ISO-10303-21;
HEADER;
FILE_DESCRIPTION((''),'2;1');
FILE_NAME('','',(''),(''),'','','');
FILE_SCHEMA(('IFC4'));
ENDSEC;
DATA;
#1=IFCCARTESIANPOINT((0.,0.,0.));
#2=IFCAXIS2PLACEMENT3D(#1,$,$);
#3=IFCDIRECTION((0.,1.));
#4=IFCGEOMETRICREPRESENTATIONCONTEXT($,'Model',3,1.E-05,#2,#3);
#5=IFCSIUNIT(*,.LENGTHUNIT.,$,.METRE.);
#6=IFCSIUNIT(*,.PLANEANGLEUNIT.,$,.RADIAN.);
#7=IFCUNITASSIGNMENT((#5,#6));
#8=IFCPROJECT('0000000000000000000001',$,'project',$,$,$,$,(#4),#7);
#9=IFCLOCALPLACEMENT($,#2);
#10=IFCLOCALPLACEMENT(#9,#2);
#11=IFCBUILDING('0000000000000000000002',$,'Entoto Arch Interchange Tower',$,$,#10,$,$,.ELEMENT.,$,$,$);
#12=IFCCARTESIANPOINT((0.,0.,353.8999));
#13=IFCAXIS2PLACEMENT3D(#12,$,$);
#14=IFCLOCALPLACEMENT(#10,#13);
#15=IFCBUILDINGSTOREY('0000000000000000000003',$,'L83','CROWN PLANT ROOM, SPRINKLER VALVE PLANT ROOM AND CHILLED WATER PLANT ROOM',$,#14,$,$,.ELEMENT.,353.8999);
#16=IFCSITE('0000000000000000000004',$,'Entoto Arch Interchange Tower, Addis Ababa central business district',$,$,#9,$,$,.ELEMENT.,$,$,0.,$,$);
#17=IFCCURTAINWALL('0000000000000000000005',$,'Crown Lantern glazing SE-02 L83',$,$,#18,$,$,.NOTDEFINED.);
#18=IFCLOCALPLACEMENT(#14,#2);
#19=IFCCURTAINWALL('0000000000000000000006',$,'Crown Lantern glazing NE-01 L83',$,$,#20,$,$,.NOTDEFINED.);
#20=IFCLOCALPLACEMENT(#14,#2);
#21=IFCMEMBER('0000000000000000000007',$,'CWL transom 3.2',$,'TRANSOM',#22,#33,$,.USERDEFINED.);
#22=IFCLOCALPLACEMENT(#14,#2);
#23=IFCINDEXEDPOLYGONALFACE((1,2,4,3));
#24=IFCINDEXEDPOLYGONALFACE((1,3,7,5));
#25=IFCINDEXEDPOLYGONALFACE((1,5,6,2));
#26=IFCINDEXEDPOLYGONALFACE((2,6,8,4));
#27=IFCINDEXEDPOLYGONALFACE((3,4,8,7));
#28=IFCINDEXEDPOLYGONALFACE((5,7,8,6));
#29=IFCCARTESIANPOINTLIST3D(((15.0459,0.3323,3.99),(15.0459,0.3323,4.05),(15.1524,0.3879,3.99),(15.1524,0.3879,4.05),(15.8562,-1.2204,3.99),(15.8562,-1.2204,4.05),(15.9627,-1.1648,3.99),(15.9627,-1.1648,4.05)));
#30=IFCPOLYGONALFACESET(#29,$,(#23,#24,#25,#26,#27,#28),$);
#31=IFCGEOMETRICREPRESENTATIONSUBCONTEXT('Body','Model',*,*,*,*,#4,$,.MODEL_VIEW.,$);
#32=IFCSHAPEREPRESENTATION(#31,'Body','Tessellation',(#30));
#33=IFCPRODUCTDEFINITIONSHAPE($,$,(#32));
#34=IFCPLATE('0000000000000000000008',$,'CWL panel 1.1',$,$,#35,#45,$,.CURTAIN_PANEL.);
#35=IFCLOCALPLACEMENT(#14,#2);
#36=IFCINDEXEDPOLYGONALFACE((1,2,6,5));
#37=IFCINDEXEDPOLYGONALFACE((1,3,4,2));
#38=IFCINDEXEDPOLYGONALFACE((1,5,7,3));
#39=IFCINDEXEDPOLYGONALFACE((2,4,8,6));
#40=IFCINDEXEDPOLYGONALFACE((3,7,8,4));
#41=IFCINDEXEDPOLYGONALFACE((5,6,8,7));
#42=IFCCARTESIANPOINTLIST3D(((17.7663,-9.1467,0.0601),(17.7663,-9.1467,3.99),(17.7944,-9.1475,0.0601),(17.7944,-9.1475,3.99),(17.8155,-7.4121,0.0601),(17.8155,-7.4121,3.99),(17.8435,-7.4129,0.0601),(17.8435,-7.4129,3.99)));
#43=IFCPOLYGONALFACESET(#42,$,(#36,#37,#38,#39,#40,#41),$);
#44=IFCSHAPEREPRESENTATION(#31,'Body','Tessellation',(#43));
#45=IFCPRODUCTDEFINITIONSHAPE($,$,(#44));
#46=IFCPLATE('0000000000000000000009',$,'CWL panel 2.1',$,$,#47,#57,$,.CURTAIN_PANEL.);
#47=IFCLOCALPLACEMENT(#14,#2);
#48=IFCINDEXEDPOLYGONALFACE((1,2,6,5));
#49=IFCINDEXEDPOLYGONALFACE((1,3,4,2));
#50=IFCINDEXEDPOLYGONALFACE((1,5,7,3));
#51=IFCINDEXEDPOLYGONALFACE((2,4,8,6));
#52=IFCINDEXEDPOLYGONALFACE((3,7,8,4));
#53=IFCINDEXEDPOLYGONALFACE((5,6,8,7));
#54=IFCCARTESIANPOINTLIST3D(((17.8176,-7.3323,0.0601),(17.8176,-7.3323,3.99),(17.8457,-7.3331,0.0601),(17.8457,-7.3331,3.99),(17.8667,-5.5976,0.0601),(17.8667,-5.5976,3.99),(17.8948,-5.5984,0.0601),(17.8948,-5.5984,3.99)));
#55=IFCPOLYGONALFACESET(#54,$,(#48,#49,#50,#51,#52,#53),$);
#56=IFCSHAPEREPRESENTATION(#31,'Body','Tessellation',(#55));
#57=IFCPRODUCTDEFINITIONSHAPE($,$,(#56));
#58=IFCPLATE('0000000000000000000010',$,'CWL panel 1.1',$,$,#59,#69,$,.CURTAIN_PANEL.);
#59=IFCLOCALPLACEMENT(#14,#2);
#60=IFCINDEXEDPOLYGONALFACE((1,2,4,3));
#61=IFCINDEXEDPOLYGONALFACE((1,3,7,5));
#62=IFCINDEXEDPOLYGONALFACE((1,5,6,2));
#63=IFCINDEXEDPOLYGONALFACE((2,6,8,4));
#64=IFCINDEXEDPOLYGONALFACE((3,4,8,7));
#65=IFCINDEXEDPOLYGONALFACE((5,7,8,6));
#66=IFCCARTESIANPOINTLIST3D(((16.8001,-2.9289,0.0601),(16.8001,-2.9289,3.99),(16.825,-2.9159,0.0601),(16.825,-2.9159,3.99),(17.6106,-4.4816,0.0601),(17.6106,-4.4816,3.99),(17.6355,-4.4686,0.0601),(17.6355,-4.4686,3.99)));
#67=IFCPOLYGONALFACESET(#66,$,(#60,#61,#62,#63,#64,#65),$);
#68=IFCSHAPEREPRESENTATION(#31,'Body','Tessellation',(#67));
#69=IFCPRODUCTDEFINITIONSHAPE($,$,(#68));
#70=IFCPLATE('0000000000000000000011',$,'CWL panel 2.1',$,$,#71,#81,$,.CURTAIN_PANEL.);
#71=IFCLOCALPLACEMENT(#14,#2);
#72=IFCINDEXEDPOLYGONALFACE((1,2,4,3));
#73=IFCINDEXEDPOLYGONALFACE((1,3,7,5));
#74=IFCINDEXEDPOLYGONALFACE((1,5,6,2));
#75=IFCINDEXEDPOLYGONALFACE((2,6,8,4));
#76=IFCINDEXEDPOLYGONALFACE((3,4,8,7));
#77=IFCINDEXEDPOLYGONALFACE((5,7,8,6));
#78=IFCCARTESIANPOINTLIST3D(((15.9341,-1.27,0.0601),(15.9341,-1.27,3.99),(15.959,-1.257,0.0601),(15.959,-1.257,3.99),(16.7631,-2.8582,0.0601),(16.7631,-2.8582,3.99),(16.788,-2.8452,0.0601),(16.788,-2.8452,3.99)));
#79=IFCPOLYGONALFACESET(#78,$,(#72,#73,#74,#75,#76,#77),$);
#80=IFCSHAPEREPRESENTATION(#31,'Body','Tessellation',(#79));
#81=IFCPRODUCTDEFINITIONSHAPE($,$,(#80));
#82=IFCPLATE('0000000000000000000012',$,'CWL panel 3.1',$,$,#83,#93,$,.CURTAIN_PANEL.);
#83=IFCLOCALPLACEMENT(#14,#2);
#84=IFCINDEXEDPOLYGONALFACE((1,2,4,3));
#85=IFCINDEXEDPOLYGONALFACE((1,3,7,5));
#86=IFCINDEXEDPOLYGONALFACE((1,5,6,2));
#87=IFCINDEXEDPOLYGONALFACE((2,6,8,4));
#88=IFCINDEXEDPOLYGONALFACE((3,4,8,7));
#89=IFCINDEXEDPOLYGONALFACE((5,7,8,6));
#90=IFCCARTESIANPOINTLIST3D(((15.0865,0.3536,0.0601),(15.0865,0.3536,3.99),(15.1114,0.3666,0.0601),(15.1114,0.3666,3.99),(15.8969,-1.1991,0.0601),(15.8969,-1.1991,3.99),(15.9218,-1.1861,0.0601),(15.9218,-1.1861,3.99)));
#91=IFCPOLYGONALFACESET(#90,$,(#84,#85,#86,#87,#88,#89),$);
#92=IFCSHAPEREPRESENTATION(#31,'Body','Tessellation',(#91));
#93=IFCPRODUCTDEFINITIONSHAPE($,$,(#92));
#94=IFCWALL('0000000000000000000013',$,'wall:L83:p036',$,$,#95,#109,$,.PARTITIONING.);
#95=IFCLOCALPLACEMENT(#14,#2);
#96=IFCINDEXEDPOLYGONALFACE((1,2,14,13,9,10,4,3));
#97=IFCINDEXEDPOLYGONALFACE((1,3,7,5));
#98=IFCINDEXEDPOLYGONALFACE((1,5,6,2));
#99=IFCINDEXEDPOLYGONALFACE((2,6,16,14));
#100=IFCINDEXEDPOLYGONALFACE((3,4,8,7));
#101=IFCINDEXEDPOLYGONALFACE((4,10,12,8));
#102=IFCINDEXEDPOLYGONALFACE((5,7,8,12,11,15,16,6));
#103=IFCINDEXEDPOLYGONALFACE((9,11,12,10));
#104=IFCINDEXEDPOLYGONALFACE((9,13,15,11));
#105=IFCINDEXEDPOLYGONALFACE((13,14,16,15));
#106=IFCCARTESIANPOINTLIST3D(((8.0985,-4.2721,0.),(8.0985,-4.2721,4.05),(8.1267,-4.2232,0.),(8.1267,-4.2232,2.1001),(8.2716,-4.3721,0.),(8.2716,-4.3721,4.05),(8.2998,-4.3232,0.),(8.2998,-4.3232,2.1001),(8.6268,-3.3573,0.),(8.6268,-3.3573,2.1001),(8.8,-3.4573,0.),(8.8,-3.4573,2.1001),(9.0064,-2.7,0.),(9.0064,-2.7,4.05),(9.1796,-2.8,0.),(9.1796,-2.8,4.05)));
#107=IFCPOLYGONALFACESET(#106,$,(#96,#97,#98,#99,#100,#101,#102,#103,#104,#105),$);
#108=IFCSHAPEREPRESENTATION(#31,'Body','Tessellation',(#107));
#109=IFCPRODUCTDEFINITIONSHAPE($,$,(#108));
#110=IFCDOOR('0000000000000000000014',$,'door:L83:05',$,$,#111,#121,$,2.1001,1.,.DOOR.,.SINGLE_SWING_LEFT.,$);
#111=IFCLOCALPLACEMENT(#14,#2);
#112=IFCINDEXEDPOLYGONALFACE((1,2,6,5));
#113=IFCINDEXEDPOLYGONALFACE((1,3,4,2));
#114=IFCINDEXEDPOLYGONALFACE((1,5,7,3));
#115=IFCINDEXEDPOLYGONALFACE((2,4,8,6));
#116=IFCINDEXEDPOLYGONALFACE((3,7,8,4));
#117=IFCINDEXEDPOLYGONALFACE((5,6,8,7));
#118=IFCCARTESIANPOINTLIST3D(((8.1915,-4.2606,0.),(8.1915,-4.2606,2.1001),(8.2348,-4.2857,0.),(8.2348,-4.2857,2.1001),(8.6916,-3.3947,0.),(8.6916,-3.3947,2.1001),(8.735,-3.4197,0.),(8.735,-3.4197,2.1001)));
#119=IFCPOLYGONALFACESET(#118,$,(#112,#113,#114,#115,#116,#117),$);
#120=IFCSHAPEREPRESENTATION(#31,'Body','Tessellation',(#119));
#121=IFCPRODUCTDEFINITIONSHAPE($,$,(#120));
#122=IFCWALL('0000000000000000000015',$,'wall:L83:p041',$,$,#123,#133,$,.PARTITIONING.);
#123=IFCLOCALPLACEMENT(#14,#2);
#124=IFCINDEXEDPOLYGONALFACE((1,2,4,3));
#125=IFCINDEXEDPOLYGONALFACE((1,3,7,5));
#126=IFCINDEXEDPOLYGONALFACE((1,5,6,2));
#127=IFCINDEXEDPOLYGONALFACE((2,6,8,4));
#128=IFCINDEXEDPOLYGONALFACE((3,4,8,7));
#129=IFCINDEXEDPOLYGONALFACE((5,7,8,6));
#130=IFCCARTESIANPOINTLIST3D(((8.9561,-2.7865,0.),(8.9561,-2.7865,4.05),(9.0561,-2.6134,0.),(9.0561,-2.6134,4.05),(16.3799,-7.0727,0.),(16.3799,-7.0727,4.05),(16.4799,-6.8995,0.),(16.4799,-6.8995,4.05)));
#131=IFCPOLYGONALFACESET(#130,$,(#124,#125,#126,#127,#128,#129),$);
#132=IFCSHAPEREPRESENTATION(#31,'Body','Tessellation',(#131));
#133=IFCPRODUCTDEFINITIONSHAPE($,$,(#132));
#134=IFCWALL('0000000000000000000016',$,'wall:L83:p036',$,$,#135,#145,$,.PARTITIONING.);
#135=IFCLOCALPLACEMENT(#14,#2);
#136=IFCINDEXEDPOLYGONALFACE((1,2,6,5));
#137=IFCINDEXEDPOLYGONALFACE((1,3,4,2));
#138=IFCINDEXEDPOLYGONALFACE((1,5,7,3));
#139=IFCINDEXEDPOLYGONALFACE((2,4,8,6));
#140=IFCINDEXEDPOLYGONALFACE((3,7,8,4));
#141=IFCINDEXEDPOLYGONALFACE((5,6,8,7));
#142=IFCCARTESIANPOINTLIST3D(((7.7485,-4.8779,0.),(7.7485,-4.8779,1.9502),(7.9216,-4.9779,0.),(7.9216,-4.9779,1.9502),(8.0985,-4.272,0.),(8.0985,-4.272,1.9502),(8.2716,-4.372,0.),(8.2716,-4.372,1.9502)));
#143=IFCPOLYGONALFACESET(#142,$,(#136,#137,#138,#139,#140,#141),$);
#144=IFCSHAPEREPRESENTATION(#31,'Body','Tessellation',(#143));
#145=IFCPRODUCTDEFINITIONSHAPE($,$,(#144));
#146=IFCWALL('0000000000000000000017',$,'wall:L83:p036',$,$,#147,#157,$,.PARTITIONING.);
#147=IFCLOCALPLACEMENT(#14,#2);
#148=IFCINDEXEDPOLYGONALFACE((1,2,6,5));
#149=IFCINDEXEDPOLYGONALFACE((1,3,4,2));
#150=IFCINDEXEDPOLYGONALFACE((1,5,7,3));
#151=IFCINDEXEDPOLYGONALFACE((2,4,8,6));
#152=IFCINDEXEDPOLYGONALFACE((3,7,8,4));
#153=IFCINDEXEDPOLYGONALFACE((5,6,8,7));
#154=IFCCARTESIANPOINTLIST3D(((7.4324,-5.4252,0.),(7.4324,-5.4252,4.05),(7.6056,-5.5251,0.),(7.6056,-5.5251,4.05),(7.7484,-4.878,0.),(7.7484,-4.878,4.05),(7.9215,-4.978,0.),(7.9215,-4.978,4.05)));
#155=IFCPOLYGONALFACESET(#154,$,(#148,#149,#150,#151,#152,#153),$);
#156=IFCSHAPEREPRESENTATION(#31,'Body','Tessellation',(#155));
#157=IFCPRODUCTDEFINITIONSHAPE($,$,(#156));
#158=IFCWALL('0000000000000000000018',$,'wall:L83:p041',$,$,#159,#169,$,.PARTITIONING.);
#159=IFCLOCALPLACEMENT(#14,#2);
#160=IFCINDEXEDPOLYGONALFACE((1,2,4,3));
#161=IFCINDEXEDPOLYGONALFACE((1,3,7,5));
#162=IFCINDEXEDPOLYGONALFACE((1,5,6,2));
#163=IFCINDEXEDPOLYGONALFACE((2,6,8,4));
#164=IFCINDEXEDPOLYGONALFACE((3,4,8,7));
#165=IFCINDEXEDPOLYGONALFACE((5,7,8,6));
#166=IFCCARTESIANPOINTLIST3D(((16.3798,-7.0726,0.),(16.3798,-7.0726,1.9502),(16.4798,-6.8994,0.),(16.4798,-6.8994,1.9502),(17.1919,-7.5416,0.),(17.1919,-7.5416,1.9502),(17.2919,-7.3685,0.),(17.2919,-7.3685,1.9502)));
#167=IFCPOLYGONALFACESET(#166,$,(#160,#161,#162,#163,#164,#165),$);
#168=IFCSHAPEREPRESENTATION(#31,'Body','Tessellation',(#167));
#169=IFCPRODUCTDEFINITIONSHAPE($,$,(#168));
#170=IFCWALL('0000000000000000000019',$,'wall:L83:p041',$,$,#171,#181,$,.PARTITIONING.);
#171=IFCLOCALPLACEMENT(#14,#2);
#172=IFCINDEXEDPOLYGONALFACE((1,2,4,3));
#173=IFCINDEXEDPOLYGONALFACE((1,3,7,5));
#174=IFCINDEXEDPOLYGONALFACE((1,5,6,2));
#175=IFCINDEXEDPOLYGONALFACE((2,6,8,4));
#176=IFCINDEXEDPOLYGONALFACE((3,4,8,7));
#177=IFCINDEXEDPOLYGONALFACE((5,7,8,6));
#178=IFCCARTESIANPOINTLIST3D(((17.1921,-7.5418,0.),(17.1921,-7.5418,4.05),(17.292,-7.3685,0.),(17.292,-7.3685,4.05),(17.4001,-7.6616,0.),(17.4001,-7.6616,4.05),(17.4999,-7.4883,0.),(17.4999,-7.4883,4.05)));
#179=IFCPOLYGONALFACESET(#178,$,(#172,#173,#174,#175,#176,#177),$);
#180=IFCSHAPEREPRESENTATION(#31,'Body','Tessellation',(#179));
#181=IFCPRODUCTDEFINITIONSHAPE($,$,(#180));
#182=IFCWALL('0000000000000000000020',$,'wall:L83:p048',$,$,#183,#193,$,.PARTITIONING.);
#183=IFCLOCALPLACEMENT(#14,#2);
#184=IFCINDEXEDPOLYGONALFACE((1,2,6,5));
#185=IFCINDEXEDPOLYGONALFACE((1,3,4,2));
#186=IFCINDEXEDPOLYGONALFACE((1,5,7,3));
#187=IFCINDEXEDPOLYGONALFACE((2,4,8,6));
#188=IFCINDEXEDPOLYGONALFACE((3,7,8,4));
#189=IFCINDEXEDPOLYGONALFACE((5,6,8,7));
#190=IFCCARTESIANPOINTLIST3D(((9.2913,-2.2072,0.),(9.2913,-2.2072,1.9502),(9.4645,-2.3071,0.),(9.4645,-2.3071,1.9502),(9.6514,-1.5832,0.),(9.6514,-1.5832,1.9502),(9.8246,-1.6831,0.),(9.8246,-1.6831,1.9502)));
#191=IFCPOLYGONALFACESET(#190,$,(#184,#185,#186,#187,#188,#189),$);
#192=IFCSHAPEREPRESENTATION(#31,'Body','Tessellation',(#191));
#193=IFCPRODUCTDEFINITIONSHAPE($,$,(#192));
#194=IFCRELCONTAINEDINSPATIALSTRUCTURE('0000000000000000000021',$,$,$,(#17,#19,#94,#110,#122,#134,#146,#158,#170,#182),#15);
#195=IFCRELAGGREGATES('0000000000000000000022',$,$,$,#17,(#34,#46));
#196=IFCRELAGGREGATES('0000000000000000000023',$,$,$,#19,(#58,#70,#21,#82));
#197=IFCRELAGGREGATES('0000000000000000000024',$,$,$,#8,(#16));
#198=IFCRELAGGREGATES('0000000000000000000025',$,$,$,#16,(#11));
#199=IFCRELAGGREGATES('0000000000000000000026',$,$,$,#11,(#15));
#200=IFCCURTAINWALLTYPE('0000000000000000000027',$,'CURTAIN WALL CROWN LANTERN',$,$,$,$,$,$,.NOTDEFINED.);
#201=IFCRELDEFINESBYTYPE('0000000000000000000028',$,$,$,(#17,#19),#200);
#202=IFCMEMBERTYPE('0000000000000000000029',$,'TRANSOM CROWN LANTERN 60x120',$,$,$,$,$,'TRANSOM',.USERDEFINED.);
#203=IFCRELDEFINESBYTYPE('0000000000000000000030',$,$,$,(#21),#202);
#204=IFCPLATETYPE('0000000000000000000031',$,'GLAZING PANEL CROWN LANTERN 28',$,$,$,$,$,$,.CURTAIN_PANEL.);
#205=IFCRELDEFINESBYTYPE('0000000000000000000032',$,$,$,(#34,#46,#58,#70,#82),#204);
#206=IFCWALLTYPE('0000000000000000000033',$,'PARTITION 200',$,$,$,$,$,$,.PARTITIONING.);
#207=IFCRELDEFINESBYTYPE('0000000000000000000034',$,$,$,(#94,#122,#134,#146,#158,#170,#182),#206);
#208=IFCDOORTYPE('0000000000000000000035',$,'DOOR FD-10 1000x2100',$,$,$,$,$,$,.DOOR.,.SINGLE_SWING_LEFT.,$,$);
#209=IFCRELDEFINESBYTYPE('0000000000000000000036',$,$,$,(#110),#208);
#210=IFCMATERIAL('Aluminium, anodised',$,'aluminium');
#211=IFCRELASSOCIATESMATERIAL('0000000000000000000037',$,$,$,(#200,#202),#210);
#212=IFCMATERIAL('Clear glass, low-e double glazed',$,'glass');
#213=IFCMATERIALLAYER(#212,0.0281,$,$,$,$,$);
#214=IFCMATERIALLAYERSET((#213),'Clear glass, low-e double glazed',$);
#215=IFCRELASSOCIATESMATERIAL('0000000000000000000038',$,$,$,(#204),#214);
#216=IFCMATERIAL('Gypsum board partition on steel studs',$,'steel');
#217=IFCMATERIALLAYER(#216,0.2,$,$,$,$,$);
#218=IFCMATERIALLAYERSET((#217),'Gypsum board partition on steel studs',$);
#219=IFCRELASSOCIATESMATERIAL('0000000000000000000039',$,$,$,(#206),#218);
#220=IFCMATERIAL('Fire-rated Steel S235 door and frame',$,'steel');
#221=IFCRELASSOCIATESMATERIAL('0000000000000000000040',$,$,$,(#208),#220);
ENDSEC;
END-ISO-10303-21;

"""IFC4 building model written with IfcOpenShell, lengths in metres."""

from ifc_helpers import new_model, si_unit, direction, frame, frame_2d, origin, origin_2d, place, context, subcontext, project, spatial, rectangle, extrude, material, layer, layer_set, material_profile, profile_set, type_object, element, fill, aggregate, save


model = new_model("IFC4")

# Units and contexts
model_context = context("Model", 3, precision=1e-05, world=origin(), true_north=direction((0.0, 1.0)))
body_context = subcontext(model_context, "Body", "Model", "MODEL_VIEW")
ifc_project = project(units=[si_unit("LENGTHUNIT", "METRE"), si_unit("PLANEANGLEUNIT", "RADIAN")], contexts=[model_context])

# Site, building, storey
site_placement = place(None, origin())
site = spatial("IfcSite", under=ifc_project, at=site_placement, Name="Entoto Arch Interchange Tower, Addis Ababa central business district", CompositionType="ELEMENT", RefElevation=0.0)
building_placement = place(site_placement, origin())
building = spatial("IfcBuilding", under=site, at=building_placement, Name="Entoto Arch Interchange Tower", CompositionType="ELEMENT")
storey_placement = place(building_placement, frame((0.0, 0.0, 353.8999)))
storey = spatial("IfcBuildingStorey", under=building, at=storey_placement, Name="L83", Description="CROWN PLANT ROOM, SPRINKLER VALVE PLANT ROOM AND CHILLED WATER PLANT ROOM", CompositionType="ELEMENT", Elevation=353.8999)

# Curtain walls
ifc_material_1 = material(Name="Aluminium, anodised", Category="aluminium")
curtain_wall_type = type_object("IfcCurtainWallType", Name="CURTAIN WALL CROWN LANTERN", PredefinedType="NOTDEFINED", material=ifc_material_1)
curtain_wall_1_placement = place(storey_placement, origin())
curtain_wall_1 = element("IfcCurtainWall", 1, at=curtain_wall_1_placement, inside=storey, type_object=curtain_wall_type, Name="Crown Lantern glazing SE-02 L83", PredefinedType="NOTDEFINED")
curtain_wall_2_placement = place(storey_placement, origin())
curtain_wall_2 = element("IfcCurtainWall", 2, at=curtain_wall_2_placement, inside=storey, type_object=curtain_wall_type, Name="Crown Lantern glazing NE-01 L83", PredefinedType="NOTDEFINED")

# Member
ifc_material_profile_1 = material_profile(ifc_material_1, rectangle(XDim=0.1201, YDim=0.0601, at=origin_2d()))
ifc_profile_set_1 = profile_set([ifc_material_profile_1], Name="Aluminium, anodised")
member_type_1 = type_object("IfcMemberType", Name="TRANSOM CROWN LANTERN 60x120", ElementType="TRANSOM", PredefinedType="USERDEFINED", material=ifc_profile_set_1)
member_1_placement = place(storey_placement, frame((15.9094, -1.1926, 4.02), z_axis=(-0.462647, 0.886543, 0.0), x_axis=(-0.886543, -0.462647, 0.0)))
member_1 = element("IfcMember", 3, at=member_1_placement, type_object=member_type_1, Name="CWL transom 3.2", ObjectType="TRANSOM", PredefinedType="USERDEFINED", context=body_context, shape_type="SweptSolid", body=[
    extrude(rectangle(XDim=0.1201, YDim=0.0601, at=origin_2d()), origin(), (0.0, 0.0, 1.0), 1.7515),
])

# Plates
ifc_material_2 = material(Name="Clear glass, low-e double glazed", Category="glass")
ifc_layer_1 = layer(ifc_material_2, 0.0281)
ifc_layer_set_1 = layer_set([ifc_layer_1], Name="Clear glass, low-e double glazed")
plate_type = type_object("IfcPlateType", Name="GLAZING PANEL CROWN LANTERN 28", PredefinedType="CURTAIN_PANEL", material=ifc_layer_set_1)
plate_1_placement = place(storey_placement, frame((17.8049, -8.2798, 0.0601), z_axis=(0.0, 0.0, 1.0), x_axis=(0.028298, 0.9996, 0.0)))
plate_1 = element("IfcPlate", 4, at=plate_1_placement, type_object=plate_type, Name="CWL panel 1.1", PredefinedType="CURTAIN_PANEL", context=body_context, shape_type="SweptSolid", body=[
    extrude(rectangle(XDim=1.7354, YDim=0.0281, at=origin_2d()), origin(), (0.0, 0.0, 1.0), 3.9299),
])
plate_2_placement = place(storey_placement, frame((17.8562, -6.4653, 0.0601), z_axis=(0.0, 0.0, 1.0), x_axis=(0.028298, 0.9996, 0.0)))
plate_2 = element("IfcPlate", 5, at=plate_2_placement, type_object=plate_type, Name="CWL panel 2.1", PredefinedType="CURTAIN_PANEL", context=body_context, shape_type="SweptSolid", body=[
    extrude(rectangle(XDim=1.7354, YDim=0.0281, at=origin_2d()), origin(), (0.0, 0.0, 1.0), 3.9299),
])
aggregate(curtain_wall_1, [plate_1, plate_2])
plate_3_placement = place(storey_placement, frame((17.2178, -3.6987, 0.0601), z_axis=(0.0, 0.0, 1.0), x_axis=(-0.462749, 0.88649, 0.0)))
plate_3 = element("IfcPlate", 6, at=plate_3_placement, type_object=plate_type, Name="CWL panel 1.1", PredefinedType="CURTAIN_PANEL", context=body_context, shape_type="SweptSolid", body=[
    extrude(rectangle(XDim=1.7515, YDim=0.0281, at=origin_2d()), origin(), (0.0, 0.0, 1.0), 3.9299),
])
plate_4_placement = place(storey_placement, frame((16.3611, -2.0576, 0.0601), z_axis=(0.0, 0.0, 1.0), x_axis=(-0.462749, 0.88649, 0.0)))
plate_4 = element("IfcPlate", 7, at=plate_4_placement, type_object=plate_type, Name="CWL panel 2.1", PredefinedType="CURTAIN_PANEL", context=body_context, shape_type="SweptSolid", body=[
    extrude(rectangle(XDim=1.7915, YDim=0.0281, at=origin_2d()), origin(), (0.0, 0.0, 1.0), 3.9299),
])
plate_5_placement = place(storey_placement, frame((15.5042, -0.4163, 0.0601), z_axis=(0.0, 0.0, 1.0), x_axis=(-0.462749, 0.88649, 0.0)))
plate_5 = element("IfcPlate", 8, at=plate_5_placement, type_object=plate_type, Name="CWL panel 3.1", PredefinedType="CURTAIN_PANEL", context=body_context, shape_type="SweptSolid", body=[
    extrude(rectangle(XDim=1.7515, YDim=0.0281, at=origin_2d()), origin(), (0.0, 0.0, 1.0), 3.9299),
])
aggregate(curtain_wall_2, [plate_3, plate_4, member_1, plate_5])

# Wall, opening, door
ifc_material_3 = material(Name="Gypsum board partition on steel studs", Category="steel")
ifc_layer_2 = layer(ifc_material_3, 0.2)
ifc_layer_set_2 = layer_set([ifc_layer_2], Name="Gypsum board partition on steel studs")
wall_type_1 = type_object("IfcWallType", Name="PARTITION 200", PredefinedType="PARTITIONING", material=ifc_layer_set_2)
wall_1_placement = place(storey_placement, frame((9.093, -2.75, 0.0), z_axis=(0.0, 0.0, 1.0), x_axis=(-0.500145, -0.865941, 0.0)))
wall_1 = element("IfcWall", 9, at=wall_1_placement, inside=storey, type_object=wall_type_1, Name="wall:L83:p036", PredefinedType="PARTITIONING", context=body_context, shape_type="SweptSolid", body=[
    extrude(rectangle(XDim=1.8154, YDim=0.2, at=frame_2d((0.9077, 0.0))), origin(), (0.0, 0.0, 1.0), 4.05),
])
opening_placement = place(wall_1_placement, frame((0.759, 0.0, 0.0)))
opening = element("IfcOpeningElement", 10, at=opening_placement, cuts=wall_1, PredefinedType="OPENING", context=body_context, shape_type="SweptSolid", body=[
    extrude(rectangle(XDim=1.0, YDim=2.1001, at=frame_2d((0.5, 1.05))), frame((0.0, 0.1099, 0.0), z_axis=(0.0, -1.0, 0.0), x_axis=(1.0, 0.0, 0.0)), (0.0, 0.0, 1.0), 0.22),
])
ifc_material_4 = material(Name="Fire-rated Steel S235 door and frame", Category="steel")
door_type = type_object("IfcDoorType", Name="DOOR FD-10 1000x2100", OperationType="SINGLE_SWING_LEFT", PredefinedType="DOOR", material=ifc_material_4)
door_placement = place(opening_placement, origin())
door = element("IfcDoor", 11, at=door_placement, inside=storey, type_object=door_type, Name="door:L83:05", OperationType="SINGLE_SWING_LEFT", OverallHeight=2.1001, OverallWidth=1.0, PredefinedType="DOOR", context=body_context, shape_type="SweptSolid", body=[
    extrude(rectangle(XDim=1.0, YDim=2.1001, at=frame_2d((0.5, 1.05))), frame((0.0, 0.0249, 0.0), z_axis=(0.0, -1.0, 0.0), x_axis=(1.0, 0.0, 0.0)), (0.0, 0.0, 1.0), 0.05),
])
fill(opening, door)

# Walls
wall_2_placement = place(storey_placement, frame((9.0061, -2.7, 0.0), z_axis=(0.0, 0.0, 1.0), x_axis=(0.866026, -0.499999, 0.0)))
element("IfcWall", 12, at=wall_2_placement, inside=storey, type_object=wall_type_1, Name="wall:L83:p041", PredefinedType="PARTITIONING", context=body_context, shape_type="SweptSolid", body=[
    extrude(rectangle(XDim=8.5723, YDim=0.2, at=frame_2d((4.2861, 0.0))), origin(), (0.0, 0.0, 1.0), 4.05),
])
wall_3_placement = place(storey_placement, frame((8.1851, -4.322, 0.0), z_axis=(0.0, 0.0, 1.0), x_axis=(-0.500266, -0.865872, 0.0)))
element("IfcWall", 13, at=wall_3_placement, inside=storey, type_object=wall_type_1, Name="wall:L83:p036", PredefinedType="PARTITIONING", context=body_context, shape_type="SweptSolid", body=[
    extrude(rectangle(XDim=0.6997, YDim=0.2, at=frame_2d((0.3499, 0.0))), origin(), (0.0, 0.0, 1.0), 1.9502),
])
wall_4_placement = place(storey_placement, frame((7.835, -4.928, 0.0), z_axis=(0.0, 0.0, 1.0), x_axis=(-0.500046, -0.865999, 0.0)))
element("IfcWall", 14, at=wall_4_placement, inside=storey, type_object=wall_type_1, Name="wall:L83:p036", PredefinedType="PARTITIONING", context=body_context, shape_type="SweptSolid", body=[
    extrude(rectangle(XDim=0.6318, YDim=0.2, at=frame_2d((0.3159, 0.0))), origin(), (0.0, 0.0, 1.0), 4.05),
])
wall_5_placement = place(storey_placement, frame((16.4299, -6.9861, 0.0), z_axis=(0.0, 0.0, 1.0), x_axis=(0.865943, -0.500143, 0.0)))
element("IfcWall", 15, at=wall_5_placement, inside=storey, type_object=wall_type_1, Name="wall:L83:p041", PredefinedType="PARTITIONING", context=body_context, shape_type="SweptSolid", body=[
    extrude(rectangle(XDim=0.9377, YDim=0.2, at=frame_2d((0.4688, 0.0))), origin(), (0.0, 0.0, 1.0), 1.9502),
])
wall_6_placement = place(storey_placement, frame((17.2419, -7.4551, 0.0), z_axis=(0.0, 0.0, 1.0), x_axis=(0.866423, -0.499312, 0.0)))
element("IfcWall", 16, at=wall_6_placement, inside=storey, type_object=wall_type_1, Name="wall:L83:p041", PredefinedType="PARTITIONING", context=body_context, shape_type="SweptSolid", body=[
    extrude(rectangle(XDim=0.24, YDim=0.2, at=frame_2d((0.1201, 0.0))), origin(), (0.0, 0.0, 1.0), 4.05),
])
wall_7_placement = place(storey_placement, frame((9.738, -1.6331, 0.0), z_axis=(0.0, 0.0, 1.0), x_axis=(-0.49982, -0.866129, 0.0)))
element("IfcWall", 17, at=wall_7_placement, inside=storey, type_object=wall_type_1, Name="wall:L83:p048", PredefinedType="PARTITIONING", context=body_context, shape_type="SweptSolid", body=[
    extrude(rectangle(XDim=0.7205, YDim=0.2, at=frame_2d((0.3604, 0.0))), origin(), (0.0, 0.0, 1.0), 1.9502),
])

save(model, "model.ifc")
